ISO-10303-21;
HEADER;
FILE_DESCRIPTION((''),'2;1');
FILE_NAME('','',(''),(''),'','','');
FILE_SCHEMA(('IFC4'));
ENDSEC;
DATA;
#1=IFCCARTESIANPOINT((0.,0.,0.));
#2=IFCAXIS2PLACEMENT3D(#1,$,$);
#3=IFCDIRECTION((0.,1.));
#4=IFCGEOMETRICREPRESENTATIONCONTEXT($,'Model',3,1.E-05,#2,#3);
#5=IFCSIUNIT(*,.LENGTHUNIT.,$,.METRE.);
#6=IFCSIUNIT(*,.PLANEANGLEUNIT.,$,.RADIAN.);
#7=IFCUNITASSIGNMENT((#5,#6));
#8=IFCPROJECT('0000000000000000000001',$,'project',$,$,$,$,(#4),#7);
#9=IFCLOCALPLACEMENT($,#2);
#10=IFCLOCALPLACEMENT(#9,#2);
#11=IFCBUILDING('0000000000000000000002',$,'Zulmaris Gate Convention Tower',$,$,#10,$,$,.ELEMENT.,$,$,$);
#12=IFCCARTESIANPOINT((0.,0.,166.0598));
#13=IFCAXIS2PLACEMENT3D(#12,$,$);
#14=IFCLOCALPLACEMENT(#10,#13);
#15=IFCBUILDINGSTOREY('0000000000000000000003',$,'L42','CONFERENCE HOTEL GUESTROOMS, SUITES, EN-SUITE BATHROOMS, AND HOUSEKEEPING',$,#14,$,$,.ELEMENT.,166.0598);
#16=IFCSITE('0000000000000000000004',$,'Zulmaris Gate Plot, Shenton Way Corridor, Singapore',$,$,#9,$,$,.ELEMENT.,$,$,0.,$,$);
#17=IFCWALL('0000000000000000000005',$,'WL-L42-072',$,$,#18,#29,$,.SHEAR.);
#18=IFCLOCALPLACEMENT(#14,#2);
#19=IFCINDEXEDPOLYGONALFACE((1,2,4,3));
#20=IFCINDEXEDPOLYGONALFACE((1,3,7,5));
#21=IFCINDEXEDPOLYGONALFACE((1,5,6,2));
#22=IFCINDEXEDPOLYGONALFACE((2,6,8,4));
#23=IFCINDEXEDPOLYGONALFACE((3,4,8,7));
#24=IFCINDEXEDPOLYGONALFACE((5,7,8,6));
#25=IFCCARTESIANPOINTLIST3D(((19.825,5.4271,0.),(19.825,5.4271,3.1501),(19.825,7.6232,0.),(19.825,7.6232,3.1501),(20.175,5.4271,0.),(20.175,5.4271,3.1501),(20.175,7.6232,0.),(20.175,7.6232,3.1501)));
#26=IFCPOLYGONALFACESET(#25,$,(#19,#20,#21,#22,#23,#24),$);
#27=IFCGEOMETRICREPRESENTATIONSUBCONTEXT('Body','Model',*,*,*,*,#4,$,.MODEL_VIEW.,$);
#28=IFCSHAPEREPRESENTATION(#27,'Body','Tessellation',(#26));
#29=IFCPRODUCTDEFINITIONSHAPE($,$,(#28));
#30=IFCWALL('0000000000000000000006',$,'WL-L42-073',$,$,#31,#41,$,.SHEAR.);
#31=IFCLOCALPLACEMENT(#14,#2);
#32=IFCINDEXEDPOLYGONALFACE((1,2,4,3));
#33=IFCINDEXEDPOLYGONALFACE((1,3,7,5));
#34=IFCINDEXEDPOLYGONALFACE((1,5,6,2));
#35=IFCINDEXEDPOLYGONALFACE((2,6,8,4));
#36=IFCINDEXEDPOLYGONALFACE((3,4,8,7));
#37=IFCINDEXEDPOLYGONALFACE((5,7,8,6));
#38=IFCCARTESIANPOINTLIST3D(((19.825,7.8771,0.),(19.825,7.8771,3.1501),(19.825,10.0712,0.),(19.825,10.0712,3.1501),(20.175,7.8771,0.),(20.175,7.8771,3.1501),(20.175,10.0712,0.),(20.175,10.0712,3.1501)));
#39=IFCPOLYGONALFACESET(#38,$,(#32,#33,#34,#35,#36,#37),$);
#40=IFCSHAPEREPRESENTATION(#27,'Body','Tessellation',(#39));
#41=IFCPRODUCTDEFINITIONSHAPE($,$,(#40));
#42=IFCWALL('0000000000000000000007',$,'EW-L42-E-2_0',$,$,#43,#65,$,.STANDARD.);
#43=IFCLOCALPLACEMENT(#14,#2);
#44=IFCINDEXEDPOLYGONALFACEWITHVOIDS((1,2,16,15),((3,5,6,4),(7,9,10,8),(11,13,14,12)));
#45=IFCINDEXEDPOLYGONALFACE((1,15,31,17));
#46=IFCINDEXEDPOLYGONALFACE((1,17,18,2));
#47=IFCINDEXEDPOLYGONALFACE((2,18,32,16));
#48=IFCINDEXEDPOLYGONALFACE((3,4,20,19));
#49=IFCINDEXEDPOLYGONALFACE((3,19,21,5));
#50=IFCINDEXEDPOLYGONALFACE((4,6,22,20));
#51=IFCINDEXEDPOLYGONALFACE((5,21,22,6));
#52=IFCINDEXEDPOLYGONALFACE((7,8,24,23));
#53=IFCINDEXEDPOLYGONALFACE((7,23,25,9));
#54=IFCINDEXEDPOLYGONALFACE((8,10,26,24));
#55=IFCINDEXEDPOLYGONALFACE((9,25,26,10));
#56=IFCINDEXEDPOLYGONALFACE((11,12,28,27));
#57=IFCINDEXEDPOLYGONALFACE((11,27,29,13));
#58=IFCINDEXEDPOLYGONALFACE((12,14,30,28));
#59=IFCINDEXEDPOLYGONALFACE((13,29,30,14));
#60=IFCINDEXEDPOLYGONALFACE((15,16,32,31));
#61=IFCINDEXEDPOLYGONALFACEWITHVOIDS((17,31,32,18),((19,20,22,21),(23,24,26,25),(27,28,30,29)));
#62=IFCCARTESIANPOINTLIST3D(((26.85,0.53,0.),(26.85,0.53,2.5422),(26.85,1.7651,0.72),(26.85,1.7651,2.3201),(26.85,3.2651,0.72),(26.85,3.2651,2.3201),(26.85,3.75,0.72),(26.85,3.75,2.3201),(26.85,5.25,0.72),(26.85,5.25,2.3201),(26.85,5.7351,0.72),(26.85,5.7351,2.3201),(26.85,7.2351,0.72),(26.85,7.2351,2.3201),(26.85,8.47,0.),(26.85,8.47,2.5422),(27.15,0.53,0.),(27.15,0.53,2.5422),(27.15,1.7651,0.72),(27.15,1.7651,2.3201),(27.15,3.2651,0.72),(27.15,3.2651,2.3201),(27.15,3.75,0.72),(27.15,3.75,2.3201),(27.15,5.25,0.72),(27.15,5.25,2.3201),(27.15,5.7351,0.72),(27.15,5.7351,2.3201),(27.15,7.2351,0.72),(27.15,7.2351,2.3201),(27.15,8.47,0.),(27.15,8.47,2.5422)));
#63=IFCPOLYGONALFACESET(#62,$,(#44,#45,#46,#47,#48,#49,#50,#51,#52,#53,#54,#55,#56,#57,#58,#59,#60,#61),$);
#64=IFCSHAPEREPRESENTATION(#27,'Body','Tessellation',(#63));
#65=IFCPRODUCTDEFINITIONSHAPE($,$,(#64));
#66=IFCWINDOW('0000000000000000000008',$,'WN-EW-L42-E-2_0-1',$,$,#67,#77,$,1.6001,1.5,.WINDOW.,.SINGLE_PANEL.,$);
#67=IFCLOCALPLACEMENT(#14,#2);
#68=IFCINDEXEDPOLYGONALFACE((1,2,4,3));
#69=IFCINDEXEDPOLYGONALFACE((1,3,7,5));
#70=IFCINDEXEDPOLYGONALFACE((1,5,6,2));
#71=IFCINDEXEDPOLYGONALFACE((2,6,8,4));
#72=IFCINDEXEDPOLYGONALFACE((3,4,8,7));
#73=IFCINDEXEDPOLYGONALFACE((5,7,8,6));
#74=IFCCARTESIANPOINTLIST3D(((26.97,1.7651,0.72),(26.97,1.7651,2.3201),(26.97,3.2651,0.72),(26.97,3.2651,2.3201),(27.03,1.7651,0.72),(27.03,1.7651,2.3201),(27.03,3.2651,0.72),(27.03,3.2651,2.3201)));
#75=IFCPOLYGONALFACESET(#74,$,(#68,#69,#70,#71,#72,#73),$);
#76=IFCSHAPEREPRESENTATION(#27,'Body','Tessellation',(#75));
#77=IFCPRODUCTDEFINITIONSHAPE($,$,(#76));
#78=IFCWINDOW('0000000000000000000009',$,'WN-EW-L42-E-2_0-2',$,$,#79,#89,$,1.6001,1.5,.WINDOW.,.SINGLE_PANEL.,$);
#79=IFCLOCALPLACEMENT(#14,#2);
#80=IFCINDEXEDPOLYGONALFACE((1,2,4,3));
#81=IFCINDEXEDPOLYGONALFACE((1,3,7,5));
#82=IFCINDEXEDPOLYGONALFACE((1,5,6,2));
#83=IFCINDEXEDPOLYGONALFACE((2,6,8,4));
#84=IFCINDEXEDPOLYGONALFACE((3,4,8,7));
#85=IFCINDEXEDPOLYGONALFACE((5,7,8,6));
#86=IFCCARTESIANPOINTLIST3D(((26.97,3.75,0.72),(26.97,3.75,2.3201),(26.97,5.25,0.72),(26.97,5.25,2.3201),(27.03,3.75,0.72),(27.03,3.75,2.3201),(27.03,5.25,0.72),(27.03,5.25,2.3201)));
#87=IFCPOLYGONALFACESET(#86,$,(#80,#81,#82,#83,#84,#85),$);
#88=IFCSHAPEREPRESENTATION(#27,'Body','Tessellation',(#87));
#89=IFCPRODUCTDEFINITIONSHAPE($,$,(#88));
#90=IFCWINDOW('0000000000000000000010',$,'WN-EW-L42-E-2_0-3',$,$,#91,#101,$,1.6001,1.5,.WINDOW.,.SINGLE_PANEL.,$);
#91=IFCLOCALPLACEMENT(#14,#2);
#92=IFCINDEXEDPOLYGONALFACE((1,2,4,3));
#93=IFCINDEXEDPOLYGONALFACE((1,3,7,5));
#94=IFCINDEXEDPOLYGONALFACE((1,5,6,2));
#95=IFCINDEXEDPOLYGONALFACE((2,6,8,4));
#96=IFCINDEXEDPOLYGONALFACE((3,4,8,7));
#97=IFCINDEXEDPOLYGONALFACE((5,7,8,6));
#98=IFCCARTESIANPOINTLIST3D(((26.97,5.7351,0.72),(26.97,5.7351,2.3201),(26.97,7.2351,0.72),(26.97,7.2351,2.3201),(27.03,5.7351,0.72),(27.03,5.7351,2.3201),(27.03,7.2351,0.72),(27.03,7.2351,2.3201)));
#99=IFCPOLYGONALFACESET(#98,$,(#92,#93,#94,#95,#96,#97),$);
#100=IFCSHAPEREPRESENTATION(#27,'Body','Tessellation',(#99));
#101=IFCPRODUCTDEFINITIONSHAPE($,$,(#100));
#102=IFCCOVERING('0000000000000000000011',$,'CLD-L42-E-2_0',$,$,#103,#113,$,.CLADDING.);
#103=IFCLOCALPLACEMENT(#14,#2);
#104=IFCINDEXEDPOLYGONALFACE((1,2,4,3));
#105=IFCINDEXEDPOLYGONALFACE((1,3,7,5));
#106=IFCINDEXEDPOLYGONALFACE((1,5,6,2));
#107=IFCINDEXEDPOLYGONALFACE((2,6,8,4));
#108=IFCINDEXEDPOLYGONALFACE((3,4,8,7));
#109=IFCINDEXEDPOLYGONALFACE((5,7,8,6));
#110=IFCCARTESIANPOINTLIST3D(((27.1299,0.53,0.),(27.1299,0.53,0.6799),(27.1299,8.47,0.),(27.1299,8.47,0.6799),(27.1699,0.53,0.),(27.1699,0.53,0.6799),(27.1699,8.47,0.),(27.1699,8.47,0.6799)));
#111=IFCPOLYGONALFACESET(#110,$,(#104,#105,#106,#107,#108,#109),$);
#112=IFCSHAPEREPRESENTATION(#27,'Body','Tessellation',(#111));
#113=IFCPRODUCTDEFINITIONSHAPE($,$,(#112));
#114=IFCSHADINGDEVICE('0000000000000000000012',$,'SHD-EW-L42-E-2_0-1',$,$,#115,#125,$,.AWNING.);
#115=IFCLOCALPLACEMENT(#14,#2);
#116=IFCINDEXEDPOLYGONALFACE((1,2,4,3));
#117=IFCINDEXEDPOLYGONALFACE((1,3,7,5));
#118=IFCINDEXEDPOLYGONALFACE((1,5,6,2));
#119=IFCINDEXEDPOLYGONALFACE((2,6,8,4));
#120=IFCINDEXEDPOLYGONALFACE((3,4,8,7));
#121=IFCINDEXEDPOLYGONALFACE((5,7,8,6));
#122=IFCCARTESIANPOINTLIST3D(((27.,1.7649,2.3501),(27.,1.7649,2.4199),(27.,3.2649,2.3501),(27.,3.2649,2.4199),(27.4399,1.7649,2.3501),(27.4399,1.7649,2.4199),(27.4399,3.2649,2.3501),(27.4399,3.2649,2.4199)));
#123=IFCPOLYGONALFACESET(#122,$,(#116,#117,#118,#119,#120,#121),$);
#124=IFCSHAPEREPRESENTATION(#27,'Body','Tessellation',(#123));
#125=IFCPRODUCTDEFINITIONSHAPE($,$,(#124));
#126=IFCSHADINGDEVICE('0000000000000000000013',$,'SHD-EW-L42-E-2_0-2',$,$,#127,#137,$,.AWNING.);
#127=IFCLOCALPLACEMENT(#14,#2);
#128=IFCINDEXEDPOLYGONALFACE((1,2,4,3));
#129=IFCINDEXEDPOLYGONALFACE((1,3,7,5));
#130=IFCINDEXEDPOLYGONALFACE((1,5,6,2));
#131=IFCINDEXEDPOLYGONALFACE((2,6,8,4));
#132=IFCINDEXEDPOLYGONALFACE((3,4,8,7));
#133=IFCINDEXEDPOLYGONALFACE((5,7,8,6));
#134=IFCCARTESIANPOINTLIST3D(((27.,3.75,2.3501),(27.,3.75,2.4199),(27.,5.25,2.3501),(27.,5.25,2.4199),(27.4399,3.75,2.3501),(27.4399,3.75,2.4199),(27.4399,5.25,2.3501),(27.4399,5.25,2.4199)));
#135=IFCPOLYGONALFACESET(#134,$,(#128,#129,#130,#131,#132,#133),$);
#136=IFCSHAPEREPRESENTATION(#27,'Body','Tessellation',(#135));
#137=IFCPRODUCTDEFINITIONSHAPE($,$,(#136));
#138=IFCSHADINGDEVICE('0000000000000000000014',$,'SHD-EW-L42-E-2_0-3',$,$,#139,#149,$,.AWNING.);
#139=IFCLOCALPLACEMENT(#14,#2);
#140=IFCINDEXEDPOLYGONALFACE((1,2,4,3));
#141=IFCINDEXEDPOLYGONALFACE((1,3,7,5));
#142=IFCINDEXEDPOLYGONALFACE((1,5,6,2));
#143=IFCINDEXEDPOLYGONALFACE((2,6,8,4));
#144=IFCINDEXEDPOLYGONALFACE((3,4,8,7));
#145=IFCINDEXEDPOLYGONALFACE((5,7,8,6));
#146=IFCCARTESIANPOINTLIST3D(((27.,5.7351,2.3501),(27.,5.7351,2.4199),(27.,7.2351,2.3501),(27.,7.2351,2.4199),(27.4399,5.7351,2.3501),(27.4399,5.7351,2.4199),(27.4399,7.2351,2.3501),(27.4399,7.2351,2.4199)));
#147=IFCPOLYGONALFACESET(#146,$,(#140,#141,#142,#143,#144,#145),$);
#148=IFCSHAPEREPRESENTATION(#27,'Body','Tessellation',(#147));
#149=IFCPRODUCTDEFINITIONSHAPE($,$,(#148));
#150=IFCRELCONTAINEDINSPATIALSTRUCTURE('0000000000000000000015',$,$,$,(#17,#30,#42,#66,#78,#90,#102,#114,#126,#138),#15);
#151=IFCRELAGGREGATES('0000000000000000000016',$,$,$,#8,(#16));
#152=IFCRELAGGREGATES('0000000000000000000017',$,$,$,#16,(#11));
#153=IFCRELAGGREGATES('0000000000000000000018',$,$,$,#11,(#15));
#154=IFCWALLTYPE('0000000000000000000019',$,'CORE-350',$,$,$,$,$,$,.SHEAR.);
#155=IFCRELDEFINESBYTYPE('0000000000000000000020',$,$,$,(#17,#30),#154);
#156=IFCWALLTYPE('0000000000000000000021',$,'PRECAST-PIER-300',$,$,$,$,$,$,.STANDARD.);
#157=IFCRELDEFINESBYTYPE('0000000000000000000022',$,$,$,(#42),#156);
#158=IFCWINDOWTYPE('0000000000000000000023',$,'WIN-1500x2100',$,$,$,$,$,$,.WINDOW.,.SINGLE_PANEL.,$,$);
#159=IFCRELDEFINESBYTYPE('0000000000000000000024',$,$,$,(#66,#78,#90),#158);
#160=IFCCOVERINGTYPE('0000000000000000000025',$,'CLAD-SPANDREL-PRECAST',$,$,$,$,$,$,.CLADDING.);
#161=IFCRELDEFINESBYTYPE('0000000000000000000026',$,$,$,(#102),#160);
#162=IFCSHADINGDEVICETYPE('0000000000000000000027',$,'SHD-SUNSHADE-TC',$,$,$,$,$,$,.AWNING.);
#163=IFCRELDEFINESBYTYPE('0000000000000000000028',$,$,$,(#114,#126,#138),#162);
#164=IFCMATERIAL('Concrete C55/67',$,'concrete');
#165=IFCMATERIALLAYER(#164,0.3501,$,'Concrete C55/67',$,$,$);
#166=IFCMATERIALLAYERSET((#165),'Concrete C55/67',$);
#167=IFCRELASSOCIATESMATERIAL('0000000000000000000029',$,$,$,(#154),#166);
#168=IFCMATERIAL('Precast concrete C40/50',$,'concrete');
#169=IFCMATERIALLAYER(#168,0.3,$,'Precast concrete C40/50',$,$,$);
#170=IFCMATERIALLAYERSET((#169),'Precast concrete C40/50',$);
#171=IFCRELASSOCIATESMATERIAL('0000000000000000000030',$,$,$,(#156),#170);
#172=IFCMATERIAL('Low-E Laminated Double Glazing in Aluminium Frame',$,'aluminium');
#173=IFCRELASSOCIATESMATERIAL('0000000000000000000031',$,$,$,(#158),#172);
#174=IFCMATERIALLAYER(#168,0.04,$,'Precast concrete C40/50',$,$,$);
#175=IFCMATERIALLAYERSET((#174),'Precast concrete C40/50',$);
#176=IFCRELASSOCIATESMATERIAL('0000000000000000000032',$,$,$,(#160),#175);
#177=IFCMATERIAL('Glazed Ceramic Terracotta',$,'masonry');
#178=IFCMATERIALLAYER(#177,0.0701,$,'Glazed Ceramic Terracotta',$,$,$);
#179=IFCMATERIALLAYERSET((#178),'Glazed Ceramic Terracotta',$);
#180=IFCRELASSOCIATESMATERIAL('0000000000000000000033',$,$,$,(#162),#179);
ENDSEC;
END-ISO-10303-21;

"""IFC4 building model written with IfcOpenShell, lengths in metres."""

from ifc_helpers import new_model, si_unit, direction, frame, frame_2d, origin, place, context, subcontext, project, spatial, rectangle, extrude, material, layer, layer_set, type_object, element, fill, save


model = new_model("IFC4")

# Units and contexts
model_context = context("Model", 3, precision=1e-05, world=origin(), true_north=direction((0.0, 1.0)))
body_context = subcontext(model_context, "Body", "Model", "MODEL_VIEW")
ifc_project = project(units=[si_unit("LENGTHUNIT", "METRE"), si_unit("PLANEANGLEUNIT", "RADIAN")], contexts=[model_context])

# Site, building, storey
site_placement = place(None, origin())
site = spatial("IfcSite", under=ifc_project, at=site_placement, Name="Zulmaris Gate Plot, Shenton Way Corridor, Singapore", CompositionType="ELEMENT", RefElevation=0.0)
building_placement = place(site_placement, origin())
building = spatial("IfcBuilding", under=site, at=building_placement, Name="Zulmaris Gate Convention Tower", CompositionType="ELEMENT")
storey_placement = place(building_placement, frame((0.0, 0.0, 166.0598)))
storey = spatial("IfcBuildingStorey", under=building, at=storey_placement, Name="L42", Description="CONFERENCE HOTEL GUESTROOMS, SUITES, EN-SUITE BATHROOMS, AND HOUSEKEEPING", CompositionType="ELEMENT", Elevation=166.0598)

# Walls
ifc_material_1 = material(Name="Concrete C55/67", Category="concrete")
ifc_layer_1 = layer(ifc_material_1, 0.3501, Name="Concrete C55/67")
ifc_layer_set_1 = layer_set([ifc_layer_1], Name="Concrete C55/67")
wall_type_1 = type_object("IfcWallType", Name="CORE-350", PredefinedType="SHEAR", material=ifc_layer_set_1)
wall_1_placement = place(storey_placement, frame((20.0, 5.427, 0.0), z_axis=(0.0, 0.0, 1.0), x_axis=(0.0, 1.0, 0.0)))
element("IfcWall", 1, at=wall_1_placement, inside=storey, type_object=wall_type_1, Name="WL-L42-072", PredefinedType="SHEAR", context=body_context, shape_type="SweptSolid", body=[
    extrude(rectangle(XDim=2.196, YDim=0.3501, at=frame_2d((1.0981, 0.0))), origin(), (0.0, 0.0, 1.0), 3.1501),
])
wall_2_placement = place(storey_placement, frame((20.0, 7.877, 0.0), z_axis=(0.0, 0.0, 1.0), x_axis=(0.0, 1.0, 0.0)))
element("IfcWall", 2, at=wall_2_placement, inside=storey, type_object=wall_type_1, Name="WL-L42-073", PredefinedType="SHEAR", context=body_context, shape_type="SweptSolid", body=[
    extrude(rectangle(XDim=2.1941, YDim=0.3501, at=frame_2d((1.0972, 0.0))), origin(), (0.0, 0.0, 1.0), 3.1501),
])

# Wall, openings, windows
ifc_material_2 = material(Name="Precast concrete C40/50", Category="concrete")
ifc_layer_2 = layer(ifc_material_2, 0.3, Name="Precast concrete C40/50")
ifc_layer_set_2 = layer_set([ifc_layer_2], Name="Precast concrete C40/50")
wall_type_2 = type_object("IfcWallType", Name="PRECAST-PIER-300", PredefinedType="STANDARD", material=ifc_layer_set_2)
wall_3_placement = place(storey_placement, frame((27.0, 0.53, 0.0), z_axis=(0.0, 0.0, 1.0), x_axis=(0.0, 1.0, 0.0)))
wall_3 = element("IfcWall", 3, at=wall_3_placement, inside=storey, type_object=wall_type_2, Name="EW-L42-E-2_0", PredefinedType="STANDARD", context=body_context, shape_type="SweptSolid", body=[
    extrude(rectangle(XDim=7.9399, YDim=0.3, at=frame_2d((3.97, 0.0))), origin(), (0.0, 0.0, 1.0), 2.5422),
])
opening_1_placement = place(wall_3_placement, frame((1.2351, 0.0, 0.72)))
opening_1 = element("IfcOpeningElement", 4, at=opening_1_placement, cuts=wall_3, PredefinedType="OPENING", context=body_context, shape_type="SweptSolid", body=[
    extrude(rectangle(XDim=1.5, YDim=1.6001, at=frame_2d((0.75, 0.8))), frame((0.0, 0.1602, 0.0), z_axis=(0.0, -1.0, 0.0), x_axis=(1.0, 0.0, 0.0)), (0.0, 0.0, 1.0), 0.3201),
])
opening_2_placement = place(wall_3_placement, frame((3.22, 0.0, 0.72)))
opening_2 = element("IfcOpeningElement", 5, at=opening_2_placement, cuts=wall_3, PredefinedType="OPENING", context=body_context, shape_type="SweptSolid", body=[
    extrude(rectangle(XDim=1.5, YDim=1.6001, at=frame_2d((0.75, 0.8))), frame((0.0, 0.1602, 0.0), z_axis=(0.0, -1.0, 0.0), x_axis=(1.0, 0.0, 0.0)), (0.0, 0.0, 1.0), 0.3201),
])
opening_3_placement = place(wall_3_placement, frame((5.2051, 0.0, 0.72)))
opening_3 = element("IfcOpeningElement", 6, at=opening_3_placement, cuts=wall_3, PredefinedType="OPENING", context=body_context, shape_type="SweptSolid", body=[
    extrude(rectangle(XDim=1.5, YDim=1.6001, at=frame_2d((0.75, 0.8))), frame((0.0, 0.1602, 0.0), z_axis=(0.0, -1.0, 0.0), x_axis=(1.0, 0.0, 0.0)), (0.0, 0.0, 1.0), 0.3201),
])
ifc_material_3 = material(Name="Low-E Laminated Double Glazing in Aluminium Frame", Category="aluminium")
window_type = type_object("IfcWindowType", Name="WIN-1500x2100", PartitioningType="SINGLE_PANEL", PredefinedType="WINDOW", material=ifc_material_3)
window_1_placement = place(opening_1_placement, origin())
window_1 = element("IfcWindow", 7, at=window_1_placement, inside=storey, type_object=window_type, Name="WN-EW-L42-E-2_0-1", OverallHeight=1.6001, OverallWidth=1.5, PartitioningType="SINGLE_PANEL", PredefinedType="WINDOW", context=body_context, shape_type="SweptSolid", body=[
    extrude(rectangle(XDim=1.5, YDim=1.6001, at=frame_2d((0.75, 0.8))), frame((0.0, 0.03, 0.0), z_axis=(0.0, -1.0, 0.0), x_axis=(1.0, 0.0, 0.0)), (0.0, 0.0, 1.0), 0.0601),
])
fill(opening_1, window_1)
window_2_placement = place(opening_2_placement, origin())
window_2 = element("IfcWindow", 8, at=window_2_placement, inside=storey, type_object=window_type, Name="WN-EW-L42-E-2_0-2", OverallHeight=1.6001, OverallWidth=1.5, PartitioningType="SINGLE_PANEL", PredefinedType="WINDOW", context=body_context, shape_type="SweptSolid", body=[
    extrude(rectangle(XDim=1.5, YDim=1.6001, at=frame_2d((0.75, 0.8))), frame((0.0, 0.03, 0.0), z_axis=(0.0, -1.0, 0.0), x_axis=(1.0, 0.0, 0.0)), (0.0, 0.0, 1.0), 0.0601),
])
fill(opening_2, window_2)
window_3_placement = place(opening_3_placement, origin())
window_3 = element("IfcWindow", 9, at=window_3_placement, inside=storey, type_object=window_type, Name="WN-EW-L42-E-2_0-3", OverallHeight=1.6001, OverallWidth=1.5, PartitioningType="SINGLE_PANEL", PredefinedType="WINDOW", context=body_context, shape_type="SweptSolid", body=[
    extrude(rectangle(XDim=1.5, YDim=1.6001, at=frame_2d((0.75, 0.8))), frame((0.0, 0.03, 0.0), z_axis=(0.0, -1.0, 0.0), x_axis=(1.0, 0.0, 0.0)), (0.0, 0.0, 1.0), 0.0601),
])
fill(opening_3, window_3)

# Covering
ifc_layer_3 = layer(ifc_material_2, 0.04, Name="Precast concrete C40/50")
ifc_layer_set_3 = layer_set([ifc_layer_3], Name="Precast concrete C40/50")
covering_type = type_object("IfcCoveringType", Name="CLAD-SPANDREL-PRECAST", PredefinedType="CLADDING", material=ifc_layer_set_3)
covering_placement = place(storey_placement, frame((27.1499, 0.53, 0.0), z_axis=(0.0, 0.0, 1.0), x_axis=(0.0, 1.0, 0.0)))
element("IfcCovering", 10, at=covering_placement, inside=storey, type_object=covering_type, Name="CLD-L42-E-2_0", PredefinedType="CLADDING", context=body_context, shape_type="SweptSolid", body=[
    extrude(rectangle(XDim=7.9399, YDim=0.04, at=frame_2d((3.97, 0.0))), origin(), (0.0, 0.0, 1.0), 0.6799),
])

# Shading devices
ifc_material_4 = material(Name="Glazed Ceramic Terracotta", Category="masonry")
ifc_layer_4 = layer(ifc_material_4, 0.0701, Name="Glazed Ceramic Terracotta")
ifc_layer_set_4 = layer_set([ifc_layer_4], Name="Glazed Ceramic Terracotta")
shading_device_type = type_object("IfcShadingDeviceType", Name="SHD-SUNSHADE-TC", PredefinedType="AWNING", material=ifc_layer_set_4)
for number, where, z_axis, x_axis, name in (
    (11, (27.22, 1.7649, 2.3501), (0.0, 0.0, 1.0), (0.0, 1.0, 0.0), "SHD-EW-L42-E-2_0-1"),
    (12, (27.22, 3.75, 2.3501), (0.0, 0.0, 1.0), (0.0, 1.0, 0.0), "SHD-EW-L42-E-2_0-2"),
    (13, (27.22, 5.7351, 2.3501), (0.0, 0.0, 1.0), (0.0, 1.0, 0.0), "SHD-EW-L42-E-2_0-3"),
):
    element("IfcShadingDevice", number, at=place(storey_placement, frame(where, z_axis=z_axis, x_axis=x_axis)), inside=storey, type_object=shading_device_type, Name=name, PredefinedType="AWNING", context=body_context, shape_type="SweptSolid", body=[
        extrude(rectangle(XDim=1.5, YDim=0.4399, at=frame_2d((0.75, 0.0))), origin(), (0.0, 0.0, 1.0), 0.0698),
    ])

save(model, "model.ifc")
